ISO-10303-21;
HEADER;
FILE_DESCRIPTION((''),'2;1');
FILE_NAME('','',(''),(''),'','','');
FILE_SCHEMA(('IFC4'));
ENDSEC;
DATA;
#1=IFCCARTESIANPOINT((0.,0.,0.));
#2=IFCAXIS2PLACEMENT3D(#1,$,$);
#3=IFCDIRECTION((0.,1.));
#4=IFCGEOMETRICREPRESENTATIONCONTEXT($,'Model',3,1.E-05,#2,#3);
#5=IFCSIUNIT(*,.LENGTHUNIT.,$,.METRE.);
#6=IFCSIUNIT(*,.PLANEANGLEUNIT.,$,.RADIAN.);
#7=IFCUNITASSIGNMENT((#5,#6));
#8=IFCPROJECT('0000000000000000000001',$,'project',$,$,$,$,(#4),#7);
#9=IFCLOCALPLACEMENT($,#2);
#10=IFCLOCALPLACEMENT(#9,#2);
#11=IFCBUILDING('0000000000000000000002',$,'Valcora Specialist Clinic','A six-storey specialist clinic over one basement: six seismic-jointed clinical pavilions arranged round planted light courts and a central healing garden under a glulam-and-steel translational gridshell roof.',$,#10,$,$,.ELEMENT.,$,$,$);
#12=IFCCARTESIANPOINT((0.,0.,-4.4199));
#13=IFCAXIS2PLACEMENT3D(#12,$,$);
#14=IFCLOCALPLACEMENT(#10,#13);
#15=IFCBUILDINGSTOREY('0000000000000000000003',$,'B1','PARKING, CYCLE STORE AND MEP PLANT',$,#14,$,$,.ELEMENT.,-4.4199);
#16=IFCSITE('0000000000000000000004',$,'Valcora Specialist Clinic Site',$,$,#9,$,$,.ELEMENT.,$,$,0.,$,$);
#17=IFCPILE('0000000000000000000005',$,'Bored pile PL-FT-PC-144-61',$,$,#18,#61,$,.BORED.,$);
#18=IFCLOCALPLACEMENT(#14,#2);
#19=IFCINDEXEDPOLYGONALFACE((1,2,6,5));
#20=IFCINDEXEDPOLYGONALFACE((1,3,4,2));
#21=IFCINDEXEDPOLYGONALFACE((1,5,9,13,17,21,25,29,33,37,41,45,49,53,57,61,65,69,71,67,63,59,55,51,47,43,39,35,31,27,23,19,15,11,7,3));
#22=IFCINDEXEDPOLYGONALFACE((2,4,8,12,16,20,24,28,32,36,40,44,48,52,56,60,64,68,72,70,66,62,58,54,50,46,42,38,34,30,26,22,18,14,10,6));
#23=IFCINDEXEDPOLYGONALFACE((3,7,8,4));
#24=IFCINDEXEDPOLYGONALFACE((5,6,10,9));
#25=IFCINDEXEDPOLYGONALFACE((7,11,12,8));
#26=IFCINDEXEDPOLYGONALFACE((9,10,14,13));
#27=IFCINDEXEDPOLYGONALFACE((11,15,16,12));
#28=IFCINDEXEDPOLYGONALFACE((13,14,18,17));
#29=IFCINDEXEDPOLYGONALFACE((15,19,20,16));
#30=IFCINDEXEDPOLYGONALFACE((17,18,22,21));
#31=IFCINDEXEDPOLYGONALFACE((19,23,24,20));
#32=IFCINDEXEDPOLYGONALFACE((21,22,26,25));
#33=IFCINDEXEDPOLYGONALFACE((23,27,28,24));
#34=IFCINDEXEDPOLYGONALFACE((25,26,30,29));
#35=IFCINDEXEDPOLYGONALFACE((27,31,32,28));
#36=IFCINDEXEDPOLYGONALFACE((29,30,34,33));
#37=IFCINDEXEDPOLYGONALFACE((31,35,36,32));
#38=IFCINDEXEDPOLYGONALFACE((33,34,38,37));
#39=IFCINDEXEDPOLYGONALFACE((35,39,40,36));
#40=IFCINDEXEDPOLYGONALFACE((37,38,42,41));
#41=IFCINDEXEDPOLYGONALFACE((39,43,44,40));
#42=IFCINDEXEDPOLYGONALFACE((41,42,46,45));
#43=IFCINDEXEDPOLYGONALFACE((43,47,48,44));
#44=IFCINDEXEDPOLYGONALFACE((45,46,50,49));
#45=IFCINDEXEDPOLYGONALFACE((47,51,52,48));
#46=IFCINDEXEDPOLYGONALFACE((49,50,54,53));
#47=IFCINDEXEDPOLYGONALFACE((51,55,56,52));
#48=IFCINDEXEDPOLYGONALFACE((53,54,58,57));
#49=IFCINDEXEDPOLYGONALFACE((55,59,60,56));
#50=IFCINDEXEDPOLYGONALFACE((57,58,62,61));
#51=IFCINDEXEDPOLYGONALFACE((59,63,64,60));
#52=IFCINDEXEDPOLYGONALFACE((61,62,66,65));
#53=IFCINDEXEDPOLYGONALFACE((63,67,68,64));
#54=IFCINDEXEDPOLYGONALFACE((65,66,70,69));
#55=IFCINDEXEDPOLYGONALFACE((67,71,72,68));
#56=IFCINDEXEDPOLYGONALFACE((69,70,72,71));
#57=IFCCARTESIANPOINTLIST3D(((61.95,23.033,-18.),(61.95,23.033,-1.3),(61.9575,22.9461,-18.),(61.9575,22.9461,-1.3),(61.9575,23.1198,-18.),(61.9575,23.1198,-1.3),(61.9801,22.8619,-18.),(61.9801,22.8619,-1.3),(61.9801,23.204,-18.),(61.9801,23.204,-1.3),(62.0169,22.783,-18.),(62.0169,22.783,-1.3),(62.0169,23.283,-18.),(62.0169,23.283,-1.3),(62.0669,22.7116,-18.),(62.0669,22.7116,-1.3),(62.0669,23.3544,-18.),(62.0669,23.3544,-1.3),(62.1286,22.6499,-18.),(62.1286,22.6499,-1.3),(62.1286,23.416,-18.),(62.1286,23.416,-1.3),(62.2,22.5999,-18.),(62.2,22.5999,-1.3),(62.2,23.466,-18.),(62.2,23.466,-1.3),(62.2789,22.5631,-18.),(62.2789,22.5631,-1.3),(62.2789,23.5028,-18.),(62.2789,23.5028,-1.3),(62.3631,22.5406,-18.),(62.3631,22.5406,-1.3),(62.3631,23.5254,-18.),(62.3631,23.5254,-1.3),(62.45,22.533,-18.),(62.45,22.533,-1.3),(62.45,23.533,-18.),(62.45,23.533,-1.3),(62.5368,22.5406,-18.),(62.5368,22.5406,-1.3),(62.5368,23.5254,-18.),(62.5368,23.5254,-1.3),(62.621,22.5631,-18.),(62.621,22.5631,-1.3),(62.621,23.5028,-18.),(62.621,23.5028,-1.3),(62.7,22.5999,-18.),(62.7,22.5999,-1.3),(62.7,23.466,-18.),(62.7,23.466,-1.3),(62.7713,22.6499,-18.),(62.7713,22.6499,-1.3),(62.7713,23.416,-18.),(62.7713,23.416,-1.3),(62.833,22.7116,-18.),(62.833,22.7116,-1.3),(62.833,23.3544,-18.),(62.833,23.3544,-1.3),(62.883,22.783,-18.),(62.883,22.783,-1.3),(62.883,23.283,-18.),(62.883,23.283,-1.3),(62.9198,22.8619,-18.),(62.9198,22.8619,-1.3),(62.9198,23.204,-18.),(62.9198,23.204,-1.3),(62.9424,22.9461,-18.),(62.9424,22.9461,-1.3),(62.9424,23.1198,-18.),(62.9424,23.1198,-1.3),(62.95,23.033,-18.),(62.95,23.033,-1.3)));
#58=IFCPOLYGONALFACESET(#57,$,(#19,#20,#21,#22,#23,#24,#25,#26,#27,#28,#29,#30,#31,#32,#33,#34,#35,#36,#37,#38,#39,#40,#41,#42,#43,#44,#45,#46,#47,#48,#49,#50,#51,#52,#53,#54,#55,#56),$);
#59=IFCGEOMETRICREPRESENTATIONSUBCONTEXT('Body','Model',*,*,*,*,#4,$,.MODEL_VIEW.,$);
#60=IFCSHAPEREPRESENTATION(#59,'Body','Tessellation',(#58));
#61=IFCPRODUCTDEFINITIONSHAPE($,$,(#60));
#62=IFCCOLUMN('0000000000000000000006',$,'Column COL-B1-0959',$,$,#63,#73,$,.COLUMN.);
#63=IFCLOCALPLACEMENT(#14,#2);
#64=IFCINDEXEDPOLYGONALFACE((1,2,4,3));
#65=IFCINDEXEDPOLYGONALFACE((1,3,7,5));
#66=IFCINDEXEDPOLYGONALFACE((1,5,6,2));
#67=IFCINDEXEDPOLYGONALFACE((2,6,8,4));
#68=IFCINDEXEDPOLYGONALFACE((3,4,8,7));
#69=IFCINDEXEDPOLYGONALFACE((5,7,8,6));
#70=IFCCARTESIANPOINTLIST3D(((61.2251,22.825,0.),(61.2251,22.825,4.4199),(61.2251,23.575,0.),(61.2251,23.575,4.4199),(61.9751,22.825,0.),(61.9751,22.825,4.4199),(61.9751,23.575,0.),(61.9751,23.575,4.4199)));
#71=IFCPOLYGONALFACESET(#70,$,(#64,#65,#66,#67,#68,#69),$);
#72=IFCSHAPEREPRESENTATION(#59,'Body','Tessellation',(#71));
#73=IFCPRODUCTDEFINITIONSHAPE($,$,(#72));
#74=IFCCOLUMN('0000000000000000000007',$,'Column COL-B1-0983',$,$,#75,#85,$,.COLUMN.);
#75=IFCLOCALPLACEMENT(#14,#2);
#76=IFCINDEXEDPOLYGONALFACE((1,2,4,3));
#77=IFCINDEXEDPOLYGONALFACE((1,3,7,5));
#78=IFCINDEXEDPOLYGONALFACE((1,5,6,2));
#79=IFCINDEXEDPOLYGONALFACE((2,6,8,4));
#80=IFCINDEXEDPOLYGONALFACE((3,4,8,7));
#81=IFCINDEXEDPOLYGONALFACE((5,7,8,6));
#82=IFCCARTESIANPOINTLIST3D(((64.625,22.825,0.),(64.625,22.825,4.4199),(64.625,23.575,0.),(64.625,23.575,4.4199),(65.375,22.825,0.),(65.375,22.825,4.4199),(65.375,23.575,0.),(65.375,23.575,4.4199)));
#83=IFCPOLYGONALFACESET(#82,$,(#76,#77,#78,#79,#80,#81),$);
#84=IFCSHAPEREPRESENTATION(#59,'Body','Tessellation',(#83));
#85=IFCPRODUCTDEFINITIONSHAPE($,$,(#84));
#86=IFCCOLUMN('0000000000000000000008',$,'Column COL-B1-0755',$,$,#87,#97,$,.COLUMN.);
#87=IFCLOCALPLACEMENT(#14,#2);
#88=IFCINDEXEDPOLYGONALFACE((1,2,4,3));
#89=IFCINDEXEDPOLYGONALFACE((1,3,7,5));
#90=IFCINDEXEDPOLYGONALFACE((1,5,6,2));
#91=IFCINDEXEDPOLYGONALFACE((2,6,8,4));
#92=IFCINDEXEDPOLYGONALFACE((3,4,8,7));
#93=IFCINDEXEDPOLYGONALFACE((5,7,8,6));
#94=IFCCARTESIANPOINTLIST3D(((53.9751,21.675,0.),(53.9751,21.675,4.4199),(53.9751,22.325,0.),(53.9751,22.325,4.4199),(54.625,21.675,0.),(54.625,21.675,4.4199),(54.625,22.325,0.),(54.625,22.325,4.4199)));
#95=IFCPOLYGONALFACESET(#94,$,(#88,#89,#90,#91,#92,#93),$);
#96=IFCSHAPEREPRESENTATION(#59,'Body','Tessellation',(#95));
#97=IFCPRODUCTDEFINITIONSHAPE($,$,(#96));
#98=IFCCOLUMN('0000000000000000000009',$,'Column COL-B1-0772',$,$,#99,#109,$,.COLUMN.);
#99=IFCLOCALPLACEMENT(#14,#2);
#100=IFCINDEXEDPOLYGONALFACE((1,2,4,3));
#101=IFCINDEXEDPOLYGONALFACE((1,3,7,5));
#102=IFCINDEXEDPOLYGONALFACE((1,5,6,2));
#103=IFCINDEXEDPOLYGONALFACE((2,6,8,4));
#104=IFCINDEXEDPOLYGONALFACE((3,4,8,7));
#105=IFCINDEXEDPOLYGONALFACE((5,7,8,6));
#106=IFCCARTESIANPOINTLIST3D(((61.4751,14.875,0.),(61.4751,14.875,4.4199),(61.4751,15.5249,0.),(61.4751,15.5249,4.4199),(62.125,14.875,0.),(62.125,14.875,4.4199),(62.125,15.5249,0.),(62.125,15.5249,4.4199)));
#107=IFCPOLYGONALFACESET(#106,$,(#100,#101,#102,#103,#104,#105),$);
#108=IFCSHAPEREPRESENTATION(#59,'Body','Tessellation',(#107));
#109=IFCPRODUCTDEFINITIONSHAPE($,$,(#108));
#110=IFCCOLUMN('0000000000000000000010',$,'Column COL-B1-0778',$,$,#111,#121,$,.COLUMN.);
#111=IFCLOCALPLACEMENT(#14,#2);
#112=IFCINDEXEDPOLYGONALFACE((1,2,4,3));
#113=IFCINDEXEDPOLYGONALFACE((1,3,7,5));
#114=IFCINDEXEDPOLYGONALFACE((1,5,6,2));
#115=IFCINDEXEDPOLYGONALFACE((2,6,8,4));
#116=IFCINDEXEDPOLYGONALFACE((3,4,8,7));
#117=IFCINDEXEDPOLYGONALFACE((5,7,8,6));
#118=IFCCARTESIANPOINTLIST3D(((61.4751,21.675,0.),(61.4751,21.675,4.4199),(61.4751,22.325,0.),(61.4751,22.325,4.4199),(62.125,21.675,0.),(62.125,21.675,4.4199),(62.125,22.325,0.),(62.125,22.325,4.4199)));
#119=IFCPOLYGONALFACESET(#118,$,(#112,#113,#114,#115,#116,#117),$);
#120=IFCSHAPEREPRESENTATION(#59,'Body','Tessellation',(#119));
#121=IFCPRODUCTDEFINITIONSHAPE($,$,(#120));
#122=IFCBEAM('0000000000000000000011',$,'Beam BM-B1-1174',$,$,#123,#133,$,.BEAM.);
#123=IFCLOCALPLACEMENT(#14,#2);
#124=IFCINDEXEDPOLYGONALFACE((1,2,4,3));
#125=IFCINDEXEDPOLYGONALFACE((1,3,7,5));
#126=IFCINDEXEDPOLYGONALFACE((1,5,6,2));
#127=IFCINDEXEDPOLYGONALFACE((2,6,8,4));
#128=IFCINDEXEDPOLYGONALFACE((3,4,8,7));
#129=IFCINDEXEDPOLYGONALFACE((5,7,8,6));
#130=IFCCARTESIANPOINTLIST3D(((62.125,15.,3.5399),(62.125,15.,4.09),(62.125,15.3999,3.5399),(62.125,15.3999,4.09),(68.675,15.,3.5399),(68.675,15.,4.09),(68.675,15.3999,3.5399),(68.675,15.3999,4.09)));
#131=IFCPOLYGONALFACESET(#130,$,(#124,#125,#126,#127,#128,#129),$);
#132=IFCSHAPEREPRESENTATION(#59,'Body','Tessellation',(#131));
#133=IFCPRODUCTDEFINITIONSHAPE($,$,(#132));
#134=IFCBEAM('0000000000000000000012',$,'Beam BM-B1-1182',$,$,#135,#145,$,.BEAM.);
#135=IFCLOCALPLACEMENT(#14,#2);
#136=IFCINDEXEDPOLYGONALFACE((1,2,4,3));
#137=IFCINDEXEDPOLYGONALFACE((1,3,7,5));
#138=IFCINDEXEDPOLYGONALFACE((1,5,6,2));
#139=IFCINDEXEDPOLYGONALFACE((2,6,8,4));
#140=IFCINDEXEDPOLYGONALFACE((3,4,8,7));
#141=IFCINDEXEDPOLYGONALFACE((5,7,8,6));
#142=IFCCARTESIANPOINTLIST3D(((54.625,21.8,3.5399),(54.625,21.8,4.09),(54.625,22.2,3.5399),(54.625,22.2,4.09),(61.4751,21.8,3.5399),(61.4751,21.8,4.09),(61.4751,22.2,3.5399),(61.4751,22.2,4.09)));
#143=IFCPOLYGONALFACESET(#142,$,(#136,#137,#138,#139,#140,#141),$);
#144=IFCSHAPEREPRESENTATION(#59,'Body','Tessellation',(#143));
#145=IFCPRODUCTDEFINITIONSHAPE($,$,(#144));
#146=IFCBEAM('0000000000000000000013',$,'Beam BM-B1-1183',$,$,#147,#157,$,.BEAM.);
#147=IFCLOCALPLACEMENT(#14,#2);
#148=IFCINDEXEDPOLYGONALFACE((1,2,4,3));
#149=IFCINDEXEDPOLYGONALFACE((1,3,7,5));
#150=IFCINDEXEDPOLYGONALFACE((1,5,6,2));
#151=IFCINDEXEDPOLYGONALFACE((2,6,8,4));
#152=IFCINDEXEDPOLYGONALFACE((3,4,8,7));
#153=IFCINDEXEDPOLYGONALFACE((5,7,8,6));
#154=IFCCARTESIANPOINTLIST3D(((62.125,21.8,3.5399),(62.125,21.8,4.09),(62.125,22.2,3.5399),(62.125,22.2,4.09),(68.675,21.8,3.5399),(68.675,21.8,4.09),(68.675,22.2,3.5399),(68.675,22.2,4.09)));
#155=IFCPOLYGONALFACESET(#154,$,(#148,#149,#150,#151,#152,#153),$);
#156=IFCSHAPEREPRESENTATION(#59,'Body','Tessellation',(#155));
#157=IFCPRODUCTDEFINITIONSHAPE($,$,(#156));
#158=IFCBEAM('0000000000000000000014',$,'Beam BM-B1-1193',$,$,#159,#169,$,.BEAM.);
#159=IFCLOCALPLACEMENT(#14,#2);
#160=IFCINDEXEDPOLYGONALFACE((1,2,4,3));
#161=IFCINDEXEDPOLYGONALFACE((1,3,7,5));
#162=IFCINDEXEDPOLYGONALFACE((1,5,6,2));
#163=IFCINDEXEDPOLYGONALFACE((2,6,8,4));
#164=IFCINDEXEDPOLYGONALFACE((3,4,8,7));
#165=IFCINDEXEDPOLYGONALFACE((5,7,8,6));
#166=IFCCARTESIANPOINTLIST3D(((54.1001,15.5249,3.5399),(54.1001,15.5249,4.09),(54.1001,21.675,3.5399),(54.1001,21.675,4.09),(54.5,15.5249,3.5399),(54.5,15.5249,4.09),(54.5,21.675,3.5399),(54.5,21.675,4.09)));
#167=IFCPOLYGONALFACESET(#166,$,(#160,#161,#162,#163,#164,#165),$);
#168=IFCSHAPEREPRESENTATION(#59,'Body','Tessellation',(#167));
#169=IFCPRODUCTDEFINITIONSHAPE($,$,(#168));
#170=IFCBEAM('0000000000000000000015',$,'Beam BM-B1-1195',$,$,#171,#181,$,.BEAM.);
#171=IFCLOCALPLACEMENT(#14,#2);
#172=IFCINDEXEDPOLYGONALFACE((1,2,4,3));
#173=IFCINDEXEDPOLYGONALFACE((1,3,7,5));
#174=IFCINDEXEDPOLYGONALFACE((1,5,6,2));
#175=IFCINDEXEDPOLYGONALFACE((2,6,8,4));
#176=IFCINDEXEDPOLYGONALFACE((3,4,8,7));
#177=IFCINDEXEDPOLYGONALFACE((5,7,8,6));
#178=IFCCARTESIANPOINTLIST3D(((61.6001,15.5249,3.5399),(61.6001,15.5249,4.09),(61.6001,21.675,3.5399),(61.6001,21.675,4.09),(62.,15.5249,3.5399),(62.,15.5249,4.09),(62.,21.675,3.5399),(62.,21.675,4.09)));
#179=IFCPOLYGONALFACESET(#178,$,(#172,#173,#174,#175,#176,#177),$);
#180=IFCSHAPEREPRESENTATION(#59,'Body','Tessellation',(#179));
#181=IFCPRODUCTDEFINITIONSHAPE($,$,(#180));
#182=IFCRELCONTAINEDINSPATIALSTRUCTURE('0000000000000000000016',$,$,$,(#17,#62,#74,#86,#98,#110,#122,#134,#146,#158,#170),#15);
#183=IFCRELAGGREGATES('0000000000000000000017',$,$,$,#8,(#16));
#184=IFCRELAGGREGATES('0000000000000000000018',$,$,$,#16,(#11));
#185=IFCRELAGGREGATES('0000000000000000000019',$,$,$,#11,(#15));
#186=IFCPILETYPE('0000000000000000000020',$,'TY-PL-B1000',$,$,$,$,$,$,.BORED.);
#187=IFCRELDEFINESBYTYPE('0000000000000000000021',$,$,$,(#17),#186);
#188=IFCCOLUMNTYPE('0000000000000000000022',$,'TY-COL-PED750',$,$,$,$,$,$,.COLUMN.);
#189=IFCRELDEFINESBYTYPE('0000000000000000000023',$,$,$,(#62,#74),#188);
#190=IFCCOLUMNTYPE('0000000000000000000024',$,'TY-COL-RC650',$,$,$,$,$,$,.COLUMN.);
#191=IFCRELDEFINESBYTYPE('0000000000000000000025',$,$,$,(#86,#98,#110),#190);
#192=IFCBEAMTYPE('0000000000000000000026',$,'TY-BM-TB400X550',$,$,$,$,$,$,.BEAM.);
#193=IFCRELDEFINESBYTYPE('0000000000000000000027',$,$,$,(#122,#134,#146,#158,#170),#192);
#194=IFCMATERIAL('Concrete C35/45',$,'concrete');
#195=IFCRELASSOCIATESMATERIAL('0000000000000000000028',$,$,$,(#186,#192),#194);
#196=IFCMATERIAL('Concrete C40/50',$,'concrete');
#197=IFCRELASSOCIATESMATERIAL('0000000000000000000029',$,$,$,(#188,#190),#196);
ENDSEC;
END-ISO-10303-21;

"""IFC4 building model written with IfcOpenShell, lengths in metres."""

from ifc_helpers import new_model, si_unit, direction, frame, origin, origin_2d, place, context, subcontext, project, spatial, rectangle, circle, extrude, material, material_profile, profile_set, type_object, element, save


model = new_model("IFC4")

# Units and contexts
model_context = context("Model", 3, precision=1e-05, world=origin(), true_north=direction((0.0, 1.0)))
body_context = subcontext(model_context, "Body", "Model", "MODEL_VIEW")
ifc_project = project(units=[si_unit("LENGTHUNIT", "METRE"), si_unit("PLANEANGLEUNIT", "RADIAN")], contexts=[model_context])

# Site, building, storey
site_placement = place(None, origin())
site = spatial("IfcSite", under=ifc_project, at=site_placement, Name="Valcora Specialist Clinic Site", CompositionType="ELEMENT", RefElevation=0.0)
building_placement = place(site_placement, origin())
building = spatial("IfcBuilding", under=site, at=building_placement, Name="Valcora Specialist Clinic", Description="A six-storey specialist clinic over one basement: six seismic-jointed clinical pavilions arranged round planted light courts and a central healing garden under a glulam-and-steel translational gridshell roof.", CompositionType="ELEMENT")
storey_placement = place(building_placement, frame((0.0, 0.0, -4.4199)))
storey = spatial("IfcBuildingStorey", under=building, at=storey_placement, Name="B1", Description="PARKING, CYCLE STORE AND MEP PLANT", CompositionType="ELEMENT", Elevation=-4.4199)

# Shared definitions
ifc_material_1 = material(Name="Concrete C35/45", Category="concrete")

# Pile
ifc_material_profile_1 = material_profile(ifc_material_1, circle(Radius=0.5, at=origin_2d()), Name="RC-PIL-D1000")
ifc_profile_set_1 = profile_set([ifc_material_profile_1], Name="Concrete C35/45")
pile_type = type_object("IfcPileType", Name="TY-PL-B1000", PredefinedType="BORED", material=ifc_profile_set_1)
for number, where, z_axis, x_axis, name in (
    (1, (62.45, 23.033, -1.3), (0.0, 0.0, -1.0), (1.0, 0.0, 0.0), "Bored pile PL-FT-PC-144-61"),
):
    element("IfcPile", number, at=place(storey_placement, frame(where, z_axis=z_axis, x_axis=x_axis)), inside=storey, type_object=pile_type, Name=name, PredefinedType="BORED", context=body_context, shape_type="SweptSolid", body=[
        extrude(circle(Radius=0.5, at=origin_2d()), origin(), (0.0, 0.0, 1.0), 16.7),
    ])

# Columns
ifc_material_2 = material(Name="Concrete C40/50", Category="concrete")
ifc_material_profile_2 = material_profile(ifc_material_2, rectangle(XDim=0.75, YDim=0.75, at=origin_2d()), Name="RC-PED-750X750")
ifc_profile_set_2 = profile_set([ifc_material_profile_2], Name="Concrete C40/50")
column_type_1 = type_object("IfcColumnType", Name="TY-COL-PED750", PredefinedType="COLUMN", material=ifc_profile_set_2)
for number, where, z_axis, x_axis, name in (
    (2, (61.6001, 23.2, 0.0), (0.0, 0.0, 1.0), (1.0, 0.0, 0.0), "Column COL-B1-0959"),
    (3, (65.0, 23.2, 0.0), (0.0, 0.0, 1.0), (1.0, 0.0, 0.0), "Column COL-B1-0983"),
):
    element("IfcColumn", number, at=place(storey_placement, frame(where, z_axis=z_axis, x_axis=x_axis)), inside=storey, type_object=column_type_1, Name=name, PredefinedType="COLUMN", context=body_context, shape_type="SweptSolid", body=[
        extrude(rectangle(XDim=0.75, YDim=0.75, at=origin_2d()), origin(), (0.0, 0.0, 1.0), 4.4199),
    ])
ifc_material_profile_3 = material_profile(ifc_material_2, rectangle(XDim=0.6499, YDim=0.6499, at=origin_2d()), Name="RC-COL-650X650")
ifc_profile_set_3 = profile_set([ifc_material_profile_3], Name="Concrete C40/50")
column_type_2 = type_object("IfcColumnType", Name="TY-COL-RC650", PredefinedType="COLUMN", material=ifc_profile_set_3)
for number, where, z_axis, x_axis, name in (
    (4, (54.3, 22.0, 0.0), (0.0, 0.0, 1.0), (1.0, 0.0, 0.0), "Column COL-B1-0755"),
    (5, (61.8, 15.2, 0.0), (0.0, 0.0, 1.0), (1.0, 0.0, 0.0), "Column COL-B1-0772"),
    (6, (61.8, 22.0, 0.0), (0.0, 0.0, 1.0), (1.0, 0.0, 0.0), "Column COL-B1-0778"),
):
    element("IfcColumn", number, at=place(storey_placement, frame(where, z_axis=z_axis, x_axis=x_axis)), inside=storey, type_object=column_type_2, Name=name, PredefinedType="COLUMN", context=body_context, shape_type="SweptSolid", body=[
        extrude(rectangle(XDim=0.6499, YDim=0.6499, at=origin_2d()), origin(), (0.0, 0.0, 1.0), 4.4199),
    ])

# Beams
ifc_material_profile_4 = material_profile(ifc_material_1, rectangle(XDim=0.3999, YDim=0.55, at=origin_2d()), Name="RC-TB-400X550")
ifc_profile_set_4 = profile_set([ifc_material_profile_4], Name="Concrete C35/45")
beam_type = type_object("IfcBeamType", Name="TY-BM-TB400X550", PredefinedType="BEAM", material=ifc_profile_set_4)
beam_1_placement = place(storey_placement, frame((62.125, 15.2, 3.8149), z_axis=(1.0, 0.0, 0.0), x_axis=(0.0, 1.0, 0.0)))
element("IfcBeam", 7, at=beam_1_placement, inside=storey, type_object=beam_type, Name="Beam BM-B1-1174", PredefinedType="BEAM", context=body_context, shape_type="SweptSolid", body=[
    extrude(rectangle(XDim=0.3999, YDim=0.55, at=origin_2d()), origin(), (0.0, 0.0, 1.0), 6.55),
])
beam_2_placement = place(storey_placement, frame((54.625, 22.0, 3.8149), z_axis=(1.0, 0.0, 0.0), x_axis=(0.0, 1.0, 0.0)))
element("IfcBeam", 8, at=beam_2_placement, inside=storey, type_object=beam_type, Name="Beam BM-B1-1182", PredefinedType="BEAM", context=body_context, shape_type="SweptSolid", body=[
    extrude(rectangle(XDim=0.3999, YDim=0.55, at=origin_2d()), origin(), (0.0, 0.0, 1.0), 6.8501),
])
beam_3_placement = place(storey_placement, frame((62.125, 22.0, 3.8149), z_axis=(1.0, 0.0, 0.0), x_axis=(0.0, 1.0, 0.0)))
element("IfcBeam", 9, at=beam_3_placement, inside=storey, type_object=beam_type, Name="Beam BM-B1-1183", PredefinedType="BEAM", context=body_context, shape_type="SweptSolid", body=[
    extrude(rectangle(XDim=0.3999, YDim=0.55, at=origin_2d()), origin(), (0.0, 0.0, 1.0), 6.55),
])
for number, where, z_axis, x_axis, name in (
    (10, (54.3, 15.5249, 3.8149), (0.0, 1.0, 0.0), (-1.0, 0.0, 0.0), "Beam BM-B1-1193"),
    (11, (61.8, 15.5249, 3.8149), (0.0, 1.0, 0.0), (-1.0, 0.0, 0.0), "Beam BM-B1-1195"),
):
    element("IfcBeam", number, at=place(storey_placement, frame(where, z_axis=z_axis, x_axis=x_axis)), inside=storey, type_object=beam_type, Name=name, PredefinedType="BEAM", context=body_context, shape_type="SweptSolid", body=[
        extrude(rectangle(XDim=0.3999, YDim=0.55, at=origin_2d()), origin(), (0.0, 0.0, 1.0), 6.1501),
    ])

save(model, "model.ifc")
